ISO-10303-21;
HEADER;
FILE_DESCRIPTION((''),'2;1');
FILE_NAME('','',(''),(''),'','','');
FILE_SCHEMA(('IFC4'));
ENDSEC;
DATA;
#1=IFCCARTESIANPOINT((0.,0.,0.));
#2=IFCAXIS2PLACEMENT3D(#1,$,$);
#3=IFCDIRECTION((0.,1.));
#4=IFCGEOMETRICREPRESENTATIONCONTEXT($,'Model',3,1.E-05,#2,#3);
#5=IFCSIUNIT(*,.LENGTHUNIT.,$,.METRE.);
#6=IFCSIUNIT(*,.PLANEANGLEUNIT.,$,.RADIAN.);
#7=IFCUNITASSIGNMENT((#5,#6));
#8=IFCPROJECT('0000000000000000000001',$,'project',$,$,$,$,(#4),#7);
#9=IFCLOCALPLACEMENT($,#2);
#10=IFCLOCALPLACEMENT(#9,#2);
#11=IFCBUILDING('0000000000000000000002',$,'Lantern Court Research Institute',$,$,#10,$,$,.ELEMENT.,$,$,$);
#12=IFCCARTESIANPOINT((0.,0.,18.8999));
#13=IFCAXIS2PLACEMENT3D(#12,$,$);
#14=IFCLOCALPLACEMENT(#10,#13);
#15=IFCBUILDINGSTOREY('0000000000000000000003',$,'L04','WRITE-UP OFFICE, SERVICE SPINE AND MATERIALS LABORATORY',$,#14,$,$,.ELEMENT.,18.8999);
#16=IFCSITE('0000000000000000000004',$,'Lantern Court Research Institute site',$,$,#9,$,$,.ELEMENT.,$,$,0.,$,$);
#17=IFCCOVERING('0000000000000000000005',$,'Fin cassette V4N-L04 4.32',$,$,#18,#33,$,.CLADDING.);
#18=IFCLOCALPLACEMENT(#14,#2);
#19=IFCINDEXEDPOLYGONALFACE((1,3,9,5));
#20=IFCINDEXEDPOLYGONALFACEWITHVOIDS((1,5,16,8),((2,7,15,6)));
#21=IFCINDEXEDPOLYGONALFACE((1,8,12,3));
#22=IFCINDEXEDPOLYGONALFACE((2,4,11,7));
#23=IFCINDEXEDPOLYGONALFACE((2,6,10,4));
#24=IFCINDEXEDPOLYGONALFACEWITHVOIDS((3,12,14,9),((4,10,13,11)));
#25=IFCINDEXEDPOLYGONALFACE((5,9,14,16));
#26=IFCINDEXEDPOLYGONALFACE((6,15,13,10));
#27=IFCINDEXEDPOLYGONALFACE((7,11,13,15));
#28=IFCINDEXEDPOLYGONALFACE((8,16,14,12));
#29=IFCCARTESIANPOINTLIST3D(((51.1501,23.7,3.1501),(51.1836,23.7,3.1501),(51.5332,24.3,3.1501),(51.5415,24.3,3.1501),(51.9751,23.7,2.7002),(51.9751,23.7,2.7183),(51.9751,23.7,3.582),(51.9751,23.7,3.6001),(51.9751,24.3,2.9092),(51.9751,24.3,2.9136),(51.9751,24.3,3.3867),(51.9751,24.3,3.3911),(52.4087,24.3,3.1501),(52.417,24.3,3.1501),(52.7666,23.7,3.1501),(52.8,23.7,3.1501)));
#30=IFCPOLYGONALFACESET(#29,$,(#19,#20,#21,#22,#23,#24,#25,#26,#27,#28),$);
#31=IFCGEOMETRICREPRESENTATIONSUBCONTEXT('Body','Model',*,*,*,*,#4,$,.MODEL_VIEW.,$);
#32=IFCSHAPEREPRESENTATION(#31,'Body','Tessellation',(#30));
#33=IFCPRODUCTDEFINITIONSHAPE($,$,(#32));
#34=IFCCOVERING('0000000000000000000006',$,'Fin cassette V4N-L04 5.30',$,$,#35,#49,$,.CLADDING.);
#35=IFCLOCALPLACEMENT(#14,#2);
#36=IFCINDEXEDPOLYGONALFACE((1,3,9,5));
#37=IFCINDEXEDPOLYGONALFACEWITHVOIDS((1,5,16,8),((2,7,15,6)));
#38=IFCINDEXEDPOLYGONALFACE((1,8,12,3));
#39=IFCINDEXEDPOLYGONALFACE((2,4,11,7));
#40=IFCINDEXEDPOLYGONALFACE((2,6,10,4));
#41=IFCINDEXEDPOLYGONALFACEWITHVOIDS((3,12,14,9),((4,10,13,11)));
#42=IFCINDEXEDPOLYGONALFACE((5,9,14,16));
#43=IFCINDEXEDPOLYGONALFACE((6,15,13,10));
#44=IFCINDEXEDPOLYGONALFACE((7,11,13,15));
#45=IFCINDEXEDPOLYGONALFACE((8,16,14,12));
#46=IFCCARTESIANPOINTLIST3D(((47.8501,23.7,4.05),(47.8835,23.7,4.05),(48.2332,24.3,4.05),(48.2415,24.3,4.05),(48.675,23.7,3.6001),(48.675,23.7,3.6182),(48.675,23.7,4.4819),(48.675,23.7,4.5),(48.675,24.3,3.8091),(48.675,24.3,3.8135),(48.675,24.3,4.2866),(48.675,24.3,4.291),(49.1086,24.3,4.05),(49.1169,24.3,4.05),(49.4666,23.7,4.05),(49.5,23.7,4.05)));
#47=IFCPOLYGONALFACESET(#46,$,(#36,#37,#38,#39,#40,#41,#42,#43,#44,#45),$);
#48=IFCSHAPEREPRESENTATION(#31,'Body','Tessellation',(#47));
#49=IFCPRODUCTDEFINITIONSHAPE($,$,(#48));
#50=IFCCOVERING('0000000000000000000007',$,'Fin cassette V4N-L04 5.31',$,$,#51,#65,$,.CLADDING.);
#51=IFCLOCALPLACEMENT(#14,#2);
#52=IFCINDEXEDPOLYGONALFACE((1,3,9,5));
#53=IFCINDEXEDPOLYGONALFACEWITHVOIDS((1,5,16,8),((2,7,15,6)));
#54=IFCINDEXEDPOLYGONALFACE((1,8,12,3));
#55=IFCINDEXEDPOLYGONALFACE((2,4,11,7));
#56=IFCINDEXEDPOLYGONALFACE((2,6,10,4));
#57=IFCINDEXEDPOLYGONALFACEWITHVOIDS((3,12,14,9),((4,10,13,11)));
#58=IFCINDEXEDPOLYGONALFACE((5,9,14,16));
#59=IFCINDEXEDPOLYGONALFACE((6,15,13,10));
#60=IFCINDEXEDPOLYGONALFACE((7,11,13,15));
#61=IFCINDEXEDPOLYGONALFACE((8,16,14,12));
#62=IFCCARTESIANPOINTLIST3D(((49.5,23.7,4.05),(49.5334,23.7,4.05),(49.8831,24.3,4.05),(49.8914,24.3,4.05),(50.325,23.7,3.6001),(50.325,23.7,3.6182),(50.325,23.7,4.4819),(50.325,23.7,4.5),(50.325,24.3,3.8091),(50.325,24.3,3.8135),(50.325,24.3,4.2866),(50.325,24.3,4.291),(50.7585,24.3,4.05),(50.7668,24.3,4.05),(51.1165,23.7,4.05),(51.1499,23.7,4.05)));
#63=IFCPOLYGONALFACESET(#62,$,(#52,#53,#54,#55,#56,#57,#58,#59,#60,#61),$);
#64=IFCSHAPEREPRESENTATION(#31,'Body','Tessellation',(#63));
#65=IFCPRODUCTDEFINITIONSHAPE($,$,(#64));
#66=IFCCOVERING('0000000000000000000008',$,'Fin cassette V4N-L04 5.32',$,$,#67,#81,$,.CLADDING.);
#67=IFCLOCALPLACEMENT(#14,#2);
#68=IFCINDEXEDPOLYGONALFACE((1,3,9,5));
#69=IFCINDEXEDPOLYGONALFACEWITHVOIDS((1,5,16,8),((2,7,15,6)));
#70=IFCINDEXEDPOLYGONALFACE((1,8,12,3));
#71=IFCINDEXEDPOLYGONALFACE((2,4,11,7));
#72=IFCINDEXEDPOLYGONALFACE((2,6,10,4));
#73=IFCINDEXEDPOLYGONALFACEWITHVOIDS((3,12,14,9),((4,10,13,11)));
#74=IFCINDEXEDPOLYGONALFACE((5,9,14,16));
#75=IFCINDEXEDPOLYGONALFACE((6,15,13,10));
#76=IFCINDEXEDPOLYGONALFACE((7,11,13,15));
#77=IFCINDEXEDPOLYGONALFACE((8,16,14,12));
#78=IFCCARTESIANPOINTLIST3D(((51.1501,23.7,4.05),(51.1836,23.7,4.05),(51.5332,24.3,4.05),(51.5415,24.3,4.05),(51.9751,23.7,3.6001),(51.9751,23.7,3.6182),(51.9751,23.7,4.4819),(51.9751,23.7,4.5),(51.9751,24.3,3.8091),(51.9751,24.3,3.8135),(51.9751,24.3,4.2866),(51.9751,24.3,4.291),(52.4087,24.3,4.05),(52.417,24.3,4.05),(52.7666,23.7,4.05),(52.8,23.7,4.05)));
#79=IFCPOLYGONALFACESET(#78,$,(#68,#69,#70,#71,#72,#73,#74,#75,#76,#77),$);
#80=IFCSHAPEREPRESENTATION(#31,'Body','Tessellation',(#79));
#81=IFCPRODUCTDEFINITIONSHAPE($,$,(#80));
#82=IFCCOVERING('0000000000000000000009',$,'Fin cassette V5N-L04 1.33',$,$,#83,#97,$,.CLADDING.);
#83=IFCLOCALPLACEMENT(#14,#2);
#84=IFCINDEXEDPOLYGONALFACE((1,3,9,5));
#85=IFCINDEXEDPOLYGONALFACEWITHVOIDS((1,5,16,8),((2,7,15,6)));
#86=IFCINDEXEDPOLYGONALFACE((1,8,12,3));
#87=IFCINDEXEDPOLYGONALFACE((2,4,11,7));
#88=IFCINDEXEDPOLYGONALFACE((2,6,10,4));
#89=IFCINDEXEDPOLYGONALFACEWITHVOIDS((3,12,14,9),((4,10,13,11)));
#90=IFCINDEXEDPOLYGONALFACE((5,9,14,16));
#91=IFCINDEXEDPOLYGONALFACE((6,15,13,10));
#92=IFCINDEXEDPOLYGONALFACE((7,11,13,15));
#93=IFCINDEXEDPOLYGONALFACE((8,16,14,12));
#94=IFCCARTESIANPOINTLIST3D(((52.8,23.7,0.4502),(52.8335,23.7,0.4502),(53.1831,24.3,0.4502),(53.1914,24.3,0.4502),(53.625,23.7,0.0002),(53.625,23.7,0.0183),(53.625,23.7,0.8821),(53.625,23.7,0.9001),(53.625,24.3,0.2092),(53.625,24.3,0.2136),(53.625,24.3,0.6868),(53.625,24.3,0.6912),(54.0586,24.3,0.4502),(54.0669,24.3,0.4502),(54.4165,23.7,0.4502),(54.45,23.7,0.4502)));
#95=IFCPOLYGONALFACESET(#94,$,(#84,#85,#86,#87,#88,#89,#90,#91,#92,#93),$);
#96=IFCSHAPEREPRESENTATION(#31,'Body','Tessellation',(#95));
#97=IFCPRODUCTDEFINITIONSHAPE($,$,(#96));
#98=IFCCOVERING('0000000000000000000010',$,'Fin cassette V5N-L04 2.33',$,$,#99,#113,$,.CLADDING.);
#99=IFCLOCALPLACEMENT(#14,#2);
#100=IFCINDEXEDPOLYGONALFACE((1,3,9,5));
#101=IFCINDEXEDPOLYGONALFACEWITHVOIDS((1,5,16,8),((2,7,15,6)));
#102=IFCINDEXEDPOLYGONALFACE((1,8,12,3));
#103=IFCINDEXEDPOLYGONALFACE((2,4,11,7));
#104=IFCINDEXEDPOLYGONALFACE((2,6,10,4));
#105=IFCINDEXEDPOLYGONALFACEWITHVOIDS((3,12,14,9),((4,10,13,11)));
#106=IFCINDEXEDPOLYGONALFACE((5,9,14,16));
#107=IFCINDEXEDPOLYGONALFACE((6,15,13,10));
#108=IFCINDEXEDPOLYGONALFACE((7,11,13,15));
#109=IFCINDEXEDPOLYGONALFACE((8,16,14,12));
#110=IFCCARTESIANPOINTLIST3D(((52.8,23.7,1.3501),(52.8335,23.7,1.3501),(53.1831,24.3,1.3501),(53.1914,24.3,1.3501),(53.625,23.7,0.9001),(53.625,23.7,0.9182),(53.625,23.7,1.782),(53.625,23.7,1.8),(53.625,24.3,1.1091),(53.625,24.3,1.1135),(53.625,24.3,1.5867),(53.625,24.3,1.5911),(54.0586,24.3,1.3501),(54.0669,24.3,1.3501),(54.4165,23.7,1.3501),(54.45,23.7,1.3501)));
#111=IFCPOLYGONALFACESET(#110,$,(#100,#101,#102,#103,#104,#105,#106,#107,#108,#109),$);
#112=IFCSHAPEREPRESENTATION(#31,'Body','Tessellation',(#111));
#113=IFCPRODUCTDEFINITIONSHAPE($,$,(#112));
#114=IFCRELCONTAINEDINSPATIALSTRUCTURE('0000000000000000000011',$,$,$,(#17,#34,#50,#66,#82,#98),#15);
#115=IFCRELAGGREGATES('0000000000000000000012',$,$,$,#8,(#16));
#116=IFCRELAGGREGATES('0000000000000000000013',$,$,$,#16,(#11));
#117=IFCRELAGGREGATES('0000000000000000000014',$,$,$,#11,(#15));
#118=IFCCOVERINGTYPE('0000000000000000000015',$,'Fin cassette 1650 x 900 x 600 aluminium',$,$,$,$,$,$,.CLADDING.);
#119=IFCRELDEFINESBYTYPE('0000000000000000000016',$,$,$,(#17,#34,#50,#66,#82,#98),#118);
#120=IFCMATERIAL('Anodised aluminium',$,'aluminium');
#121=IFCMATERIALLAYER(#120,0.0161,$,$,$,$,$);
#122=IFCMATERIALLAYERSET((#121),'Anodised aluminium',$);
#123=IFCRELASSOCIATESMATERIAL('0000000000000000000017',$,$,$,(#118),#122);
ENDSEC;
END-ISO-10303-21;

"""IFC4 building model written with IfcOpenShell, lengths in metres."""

from ifc_helpers import new_model, entity, si_unit, direction, frame, origin, place, context, subcontext, project, spatial, material, layer, layer_set, type_object, element, save


model = new_model("IFC4")

# Units and contexts
model_context = context("Model", 3, precision=1e-05, world=origin(), true_north=direction((0.0, 1.0)))
body_context = subcontext(model_context, "Body", "Model", "MODEL_VIEW")
ifc_project = project(units=[si_unit("LENGTHUNIT", "METRE"), si_unit("PLANEANGLEUNIT", "RADIAN")], contexts=[model_context])

# Site, building, storey
site_placement = place(None, origin())
site = spatial("IfcSite", under=ifc_project, at=site_placement, Name="Lantern Court Research Institute site", CompositionType="ELEMENT", RefElevation=0.0)
building_placement = place(site_placement, origin())
building = spatial("IfcBuilding", under=site, at=building_placement, Name="Lantern Court Research Institute", CompositionType="ELEMENT")
storey_placement = place(building_placement, frame((0.0, 0.0, 18.8999)))
storey = spatial("IfcBuildingStorey", under=building, at=storey_placement, Name="L04", Description="WRITE-UP OFFICE, SERVICE SPINE AND MATERIALS LABORATORY", CompositionType="ELEMENT", Elevation=18.8999)

# Coverings
ifc_material_1 = material(Name="Anodised aluminium", Category="aluminium")
ifc_layer_1 = layer(ifc_material_1, 0.0161)
ifc_layer_set_1 = layer_set([ifc_layer_1], Name="Anodised aluminium")
covering_type_1 = type_object("IfcCoveringType", Name="Fin cassette 1650 x 900 x 600 aluminium", PredefinedType="CLADDING", material=ifc_layer_set_1)
covering_1_placement = place(storey_placement, frame((51.9751, 23.7, 3.1501), z_axis=(0.0, 1.0, 0.0), x_axis=(-1.0, 0.0, 0.0)))
cartesian_point_1 = entity("IfcCartesianPoint", [0.825, 0.0])
cartesian_point_2 = entity("IfcCartesianPoint", [0.7915, 0.0])
cartesian_point_3 = entity("IfcCartesianPoint", [0.4419, 0.0])
cartesian_point_4 = entity("IfcCartesianPoint", [0.4336, 0.0])
element("IfcCovering", 1, at=covering_1_placement, inside=storey, type_object=covering_type_1, Name="Fin cassette V4N-L04 4.32", PredefinedType="CLADDING", context=body_context, shape_type="SweptSolid", body=[
    entity("IfcExtrudedAreaSolidTapered", entity("IfcArbitraryProfileDefWithVoids", "AREA", None, entity("IfcPolyline", [cartesian_point_1, entity("IfcCartesianPoint", [0.0, 0.45]), entity("IfcCartesianPoint", [-0.825, 0.0]), entity("IfcCartesianPoint", [0.0, -0.45]), cartesian_point_1]), [entity("IfcPolyline", [cartesian_point_2, entity("IfcCartesianPoint", [0.0, 0.4319]), entity("IfcCartesianPoint", [-0.7915, 0.0]), entity("IfcCartesianPoint", [0.0, -0.4319]), cartesian_point_2])]), entity("IfcAxis2Placement3D", entity("IfcCartesianPoint", [0.0, 0.0, 0.0])), entity("IfcDirection", [0.0, 0.0, 1.0]), 0.6001, entity("IfcArbitraryProfileDefWithVoids", "AREA", None, entity("IfcPolyline", [cartesian_point_3, entity("IfcCartesianPoint", [0.0, 0.241]), entity("IfcCartesianPoint", [-0.4419, 0.0]), entity("IfcCartesianPoint", [0.0, -0.241]), cartesian_point_3]), [entity("IfcPolyline", [cartesian_point_4, entity("IfcCartesianPoint", [0.0, 0.2366]), entity("IfcCartesianPoint", [-0.4336, 0.0]), entity("IfcCartesianPoint", [0.0, -0.2366]), cartesian_point_4])])),
])
covering_2_placement = place(storey_placement, frame((48.675, 23.7, 4.05), z_axis=(0.0, 1.0, 0.0), x_axis=(-1.0, 0.0, 0.0)))
cartesian_point_5 = entity("IfcCartesianPoint", [0.825, 0.0])
cartesian_point_6 = entity("IfcCartesianPoint", [0.7915, 0.0])
cartesian_point_7 = entity("IfcCartesianPoint", [0.4419, 0.0])
cartesian_point_8 = entity("IfcCartesianPoint", [0.4336, 0.0])
element("IfcCovering", 2, at=covering_2_placement, inside=storey, type_object=covering_type_1, Name="Fin cassette V4N-L04 5.30", PredefinedType="CLADDING", context=body_context, shape_type="SweptSolid", body=[
    entity("IfcExtrudedAreaSolidTapered", entity("IfcArbitraryProfileDefWithVoids", "AREA", None, entity("IfcPolyline", [cartesian_point_5, entity("IfcCartesianPoint", [0.0, 0.45]), entity("IfcCartesianPoint", [-0.825, 0.0]), entity("IfcCartesianPoint", [0.0, -0.45]), cartesian_point_5]), [entity("IfcPolyline", [cartesian_point_6, entity("IfcCartesianPoint", [0.0, 0.4319]), entity("IfcCartesianPoint", [-0.7915, 0.0]), entity("IfcCartesianPoint", [0.0, -0.4319]), cartesian_point_6])]), entity("IfcAxis2Placement3D", entity("IfcCartesianPoint", [0.0, 0.0, 0.0])), entity("IfcDirection", [0.0, 0.0, 1.0]), 0.6001, entity("IfcArbitraryProfileDefWithVoids", "AREA", None, entity("IfcPolyline", [cartesian_point_7, entity("IfcCartesianPoint", [0.0, 0.241]), entity("IfcCartesianPoint", [-0.4419, 0.0]), entity("IfcCartesianPoint", [0.0, -0.241]), cartesian_point_7]), [entity("IfcPolyline", [cartesian_point_8, entity("IfcCartesianPoint", [0.0, 0.2366]), entity("IfcCartesianPoint", [-0.4336, 0.0]), entity("IfcCartesianPoint", [0.0, -0.2366]), cartesian_point_8])])),
])
covering_3_placement = place(storey_placement, frame((50.325, 23.7, 4.05), z_axis=(0.0, 1.0, 0.0), x_axis=(-1.0, 0.0, 0.0)))
cartesian_point_9 = entity("IfcCartesianPoint", [0.825, 0.0])
cartesian_point_10 = entity("IfcCartesianPoint", [0.7915, 0.0])
cartesian_point_11 = entity("IfcCartesianPoint", [0.4419, 0.0])
cartesian_point_12 = entity("IfcCartesianPoint", [0.4336, 0.0])
element("IfcCovering", 3, at=covering_3_placement, inside=storey, type_object=covering_type_1, Name="Fin cassette V4N-L04 5.31", PredefinedType="CLADDING", context=body_context, shape_type="SweptSolid", body=[
    entity("IfcExtrudedAreaSolidTapered", entity("IfcArbitraryProfileDefWithVoids", "AREA", None, entity("IfcPolyline", [cartesian_point_9, entity("IfcCartesianPoint", [0.0, 0.45]), entity("IfcCartesianPoint", [-0.825, 0.0]), entity("IfcCartesianPoint", [0.0, -0.45]), cartesian_point_9]), [entity("IfcPolyline", [cartesian_point_10, entity("IfcCartesianPoint", [0.0, 0.4319]), entity("IfcCartesianPoint", [-0.7915, 0.0]), entity("IfcCartesianPoint", [0.0, -0.4319]), cartesian_point_10])]), entity("IfcAxis2Placement3D", entity("IfcCartesianPoint", [0.0, 0.0, 0.0])), entity("IfcDirection", [0.0, 0.0, 1.0]), 0.6001, entity("IfcArbitraryProfileDefWithVoids", "AREA", None, entity("IfcPolyline", [cartesian_point_11, entity("IfcCartesianPoint", [0.0, 0.241]), entity("IfcCartesianPoint", [-0.4419, 0.0]), entity("IfcCartesianPoint", [0.0, -0.241]), cartesian_point_11]), [entity("IfcPolyline", [cartesian_point_12, entity("IfcCartesianPoint", [0.0, 0.2366]), entity("IfcCartesianPoint", [-0.4336, 0.0]), entity("IfcCartesianPoint", [0.0, -0.2366]), cartesian_point_12])])),
])
covering_4_placement = place(storey_placement, frame((51.9751, 23.7, 4.05), z_axis=(0.0, 1.0, 0.0), x_axis=(-1.0, 0.0, 0.0)))
cartesian_point_13 = entity("IfcCartesianPoint", [0.825, 0.0])
cartesian_point_14 = entity("IfcCartesianPoint", [0.7915, 0.0])
cartesian_point_15 = entity("IfcCartesianPoint", [0.4419, 0.0])
cartesian_point_16 = entity("IfcCartesianPoint", [0.4336, 0.0])
element("IfcCovering", 4, at=covering_4_placement, inside=storey, type_object=covering_type_1, Name="Fin cassette V4N-L04 5.32", PredefinedType="CLADDING", context=body_context, shape_type="SweptSolid", body=[
    entity("IfcExtrudedAreaSolidTapered", entity("IfcArbitraryProfileDefWithVoids", "AREA", None, entity("IfcPolyline", [cartesian_point_13, entity("IfcCartesianPoint", [0.0, 0.45]), entity("IfcCartesianPoint", [-0.825, 0.0]), entity("IfcCartesianPoint", [0.0, -0.45]), cartesian_point_13]), [entity("IfcPolyline", [cartesian_point_14, entity("IfcCartesianPoint", [0.0, 0.4319]), entity("IfcCartesianPoint", [-0.7915, 0.0]), entity("IfcCartesianPoint", [0.0, -0.4319]), cartesian_point_14])]), entity("IfcAxis2Placement3D", entity("IfcCartesianPoint", [0.0, 0.0, 0.0])), entity("IfcDirection", [0.0, 0.0, 1.0]), 0.6001, entity("IfcArbitraryProfileDefWithVoids", "AREA", None, entity("IfcPolyline", [cartesian_point_15, entity("IfcCartesianPoint", [0.0, 0.241]), entity("IfcCartesianPoint", [-0.4419, 0.0]), entity("IfcCartesianPoint", [0.0, -0.241]), cartesian_point_15]), [entity("IfcPolyline", [cartesian_point_16, entity("IfcCartesianPoint", [0.0, 0.2366]), entity("IfcCartesianPoint", [-0.4336, 0.0]), entity("IfcCartesianPoint", [0.0, -0.2366]), cartesian_point_16])])),
])
covering_5_placement = place(storey_placement, frame((53.625, 23.7, 0.4502), z_axis=(0.0, 1.0, 0.0), x_axis=(-1.0, 0.0, 0.0)))
cartesian_point_17 = entity("IfcCartesianPoint", [0.825, 0.0])
cartesian_point_18 = entity("IfcCartesianPoint", [0.7915, 0.0])
cartesian_point_19 = entity("IfcCartesianPoint", [0.4419, 0.0])
cartesian_point_20 = entity("IfcCartesianPoint", [0.4336, 0.0])
element("IfcCovering", 5, at=covering_5_placement, inside=storey, type_object=covering_type_1, Name="Fin cassette V5N-L04 1.33", PredefinedType="CLADDING", context=body_context, shape_type="SweptSolid", body=[
    entity("IfcExtrudedAreaSolidTapered", entity("IfcArbitraryProfileDefWithVoids", "AREA", None, entity("IfcPolyline", [cartesian_point_17, entity("IfcCartesianPoint", [0.0, 0.45]), entity("IfcCartesianPoint", [-0.825, 0.0]), entity("IfcCartesianPoint", [0.0, -0.45]), cartesian_point_17]), [entity("IfcPolyline", [cartesian_point_18, entity("IfcCartesianPoint", [0.0, 0.4319]), entity("IfcCartesianPoint", [-0.7915, 0.0]), entity("IfcCartesianPoint", [0.0, -0.4319]), cartesian_point_18])]), entity("IfcAxis2Placement3D", entity("IfcCartesianPoint", [0.0, 0.0, 0.0])), entity("IfcDirection", [0.0, 0.0, 1.0]), 0.6001, entity("IfcArbitraryProfileDefWithVoids", "AREA", None, entity("IfcPolyline", [cartesian_point_19, entity("IfcCartesianPoint", [0.0, 0.241]), entity("IfcCartesianPoint", [-0.4419, 0.0]), entity("IfcCartesianPoint", [0.0, -0.241]), cartesian_point_19]), [entity("IfcPolyline", [cartesian_point_20, entity("IfcCartesianPoint", [0.0, 0.2366]), entity("IfcCartesianPoint", [-0.4336, 0.0]), entity("IfcCartesianPoint", [0.0, -0.2366]), cartesian_point_20])])),
])
covering_6_placement = place(storey_placement, frame((53.625, 23.7, 1.3501), z_axis=(0.0, 1.0, 0.0), x_axis=(-1.0, 0.0, 0.0)))
cartesian_point_21 = entity("IfcCartesianPoint", [0.825, 0.0])
cartesian_point_22 = entity("IfcCartesianPoint", [0.7915, 0.0])
cartesian_point_23 = entity("IfcCartesianPoint", [0.4419, 0.0])
cartesian_point_24 = entity("IfcCartesianPoint", [0.4336, 0.0])
element("IfcCovering", 6, at=covering_6_placement, inside=storey, type_object=covering_type_1, Name="Fin cassette V5N-L04 2.33", PredefinedType="CLADDING", context=body_context, shape_type="SweptSolid", body=[
    entity("IfcExtrudedAreaSolidTapered", entity("IfcArbitraryProfileDefWithVoids", "AREA", None, entity("IfcPolyline", [cartesian_point_21, entity("IfcCartesianPoint", [0.0, 0.45]), entity("IfcCartesianPoint", [-0.825, 0.0]), entity("IfcCartesianPoint", [0.0, -0.45]), cartesian_point_21]), [entity("IfcPolyline", [cartesian_point_22, entity("IfcCartesianPoint", [0.0, 0.4319]), entity("IfcCartesianPoint", [-0.7915, 0.0]), entity("IfcCartesianPoint", [0.0, -0.4319]), cartesian_point_22])]), entity("IfcAxis2Placement3D", entity("IfcCartesianPoint", [0.0, 0.0, 0.0])), entity("IfcDirection", [0.0, 0.0, 1.0]), 0.6001, entity("IfcArbitraryProfileDefWithVoids", "AREA", None, entity("IfcPolyline", [cartesian_point_23, entity("IfcCartesianPoint", [0.0, 0.241]), entity("IfcCartesianPoint", [-0.4419, 0.0]), entity("IfcCartesianPoint", [0.0, -0.241]), cartesian_point_23]), [entity("IfcPolyline", [cartesian_point_24, entity("IfcCartesianPoint", [0.0, 0.2366]), entity("IfcCartesianPoint", [-0.4336, 0.0]), entity("IfcCartesianPoint", [0.0, -0.2366]), cartesian_point_24])])),
])

save(model, "model.ifc")
